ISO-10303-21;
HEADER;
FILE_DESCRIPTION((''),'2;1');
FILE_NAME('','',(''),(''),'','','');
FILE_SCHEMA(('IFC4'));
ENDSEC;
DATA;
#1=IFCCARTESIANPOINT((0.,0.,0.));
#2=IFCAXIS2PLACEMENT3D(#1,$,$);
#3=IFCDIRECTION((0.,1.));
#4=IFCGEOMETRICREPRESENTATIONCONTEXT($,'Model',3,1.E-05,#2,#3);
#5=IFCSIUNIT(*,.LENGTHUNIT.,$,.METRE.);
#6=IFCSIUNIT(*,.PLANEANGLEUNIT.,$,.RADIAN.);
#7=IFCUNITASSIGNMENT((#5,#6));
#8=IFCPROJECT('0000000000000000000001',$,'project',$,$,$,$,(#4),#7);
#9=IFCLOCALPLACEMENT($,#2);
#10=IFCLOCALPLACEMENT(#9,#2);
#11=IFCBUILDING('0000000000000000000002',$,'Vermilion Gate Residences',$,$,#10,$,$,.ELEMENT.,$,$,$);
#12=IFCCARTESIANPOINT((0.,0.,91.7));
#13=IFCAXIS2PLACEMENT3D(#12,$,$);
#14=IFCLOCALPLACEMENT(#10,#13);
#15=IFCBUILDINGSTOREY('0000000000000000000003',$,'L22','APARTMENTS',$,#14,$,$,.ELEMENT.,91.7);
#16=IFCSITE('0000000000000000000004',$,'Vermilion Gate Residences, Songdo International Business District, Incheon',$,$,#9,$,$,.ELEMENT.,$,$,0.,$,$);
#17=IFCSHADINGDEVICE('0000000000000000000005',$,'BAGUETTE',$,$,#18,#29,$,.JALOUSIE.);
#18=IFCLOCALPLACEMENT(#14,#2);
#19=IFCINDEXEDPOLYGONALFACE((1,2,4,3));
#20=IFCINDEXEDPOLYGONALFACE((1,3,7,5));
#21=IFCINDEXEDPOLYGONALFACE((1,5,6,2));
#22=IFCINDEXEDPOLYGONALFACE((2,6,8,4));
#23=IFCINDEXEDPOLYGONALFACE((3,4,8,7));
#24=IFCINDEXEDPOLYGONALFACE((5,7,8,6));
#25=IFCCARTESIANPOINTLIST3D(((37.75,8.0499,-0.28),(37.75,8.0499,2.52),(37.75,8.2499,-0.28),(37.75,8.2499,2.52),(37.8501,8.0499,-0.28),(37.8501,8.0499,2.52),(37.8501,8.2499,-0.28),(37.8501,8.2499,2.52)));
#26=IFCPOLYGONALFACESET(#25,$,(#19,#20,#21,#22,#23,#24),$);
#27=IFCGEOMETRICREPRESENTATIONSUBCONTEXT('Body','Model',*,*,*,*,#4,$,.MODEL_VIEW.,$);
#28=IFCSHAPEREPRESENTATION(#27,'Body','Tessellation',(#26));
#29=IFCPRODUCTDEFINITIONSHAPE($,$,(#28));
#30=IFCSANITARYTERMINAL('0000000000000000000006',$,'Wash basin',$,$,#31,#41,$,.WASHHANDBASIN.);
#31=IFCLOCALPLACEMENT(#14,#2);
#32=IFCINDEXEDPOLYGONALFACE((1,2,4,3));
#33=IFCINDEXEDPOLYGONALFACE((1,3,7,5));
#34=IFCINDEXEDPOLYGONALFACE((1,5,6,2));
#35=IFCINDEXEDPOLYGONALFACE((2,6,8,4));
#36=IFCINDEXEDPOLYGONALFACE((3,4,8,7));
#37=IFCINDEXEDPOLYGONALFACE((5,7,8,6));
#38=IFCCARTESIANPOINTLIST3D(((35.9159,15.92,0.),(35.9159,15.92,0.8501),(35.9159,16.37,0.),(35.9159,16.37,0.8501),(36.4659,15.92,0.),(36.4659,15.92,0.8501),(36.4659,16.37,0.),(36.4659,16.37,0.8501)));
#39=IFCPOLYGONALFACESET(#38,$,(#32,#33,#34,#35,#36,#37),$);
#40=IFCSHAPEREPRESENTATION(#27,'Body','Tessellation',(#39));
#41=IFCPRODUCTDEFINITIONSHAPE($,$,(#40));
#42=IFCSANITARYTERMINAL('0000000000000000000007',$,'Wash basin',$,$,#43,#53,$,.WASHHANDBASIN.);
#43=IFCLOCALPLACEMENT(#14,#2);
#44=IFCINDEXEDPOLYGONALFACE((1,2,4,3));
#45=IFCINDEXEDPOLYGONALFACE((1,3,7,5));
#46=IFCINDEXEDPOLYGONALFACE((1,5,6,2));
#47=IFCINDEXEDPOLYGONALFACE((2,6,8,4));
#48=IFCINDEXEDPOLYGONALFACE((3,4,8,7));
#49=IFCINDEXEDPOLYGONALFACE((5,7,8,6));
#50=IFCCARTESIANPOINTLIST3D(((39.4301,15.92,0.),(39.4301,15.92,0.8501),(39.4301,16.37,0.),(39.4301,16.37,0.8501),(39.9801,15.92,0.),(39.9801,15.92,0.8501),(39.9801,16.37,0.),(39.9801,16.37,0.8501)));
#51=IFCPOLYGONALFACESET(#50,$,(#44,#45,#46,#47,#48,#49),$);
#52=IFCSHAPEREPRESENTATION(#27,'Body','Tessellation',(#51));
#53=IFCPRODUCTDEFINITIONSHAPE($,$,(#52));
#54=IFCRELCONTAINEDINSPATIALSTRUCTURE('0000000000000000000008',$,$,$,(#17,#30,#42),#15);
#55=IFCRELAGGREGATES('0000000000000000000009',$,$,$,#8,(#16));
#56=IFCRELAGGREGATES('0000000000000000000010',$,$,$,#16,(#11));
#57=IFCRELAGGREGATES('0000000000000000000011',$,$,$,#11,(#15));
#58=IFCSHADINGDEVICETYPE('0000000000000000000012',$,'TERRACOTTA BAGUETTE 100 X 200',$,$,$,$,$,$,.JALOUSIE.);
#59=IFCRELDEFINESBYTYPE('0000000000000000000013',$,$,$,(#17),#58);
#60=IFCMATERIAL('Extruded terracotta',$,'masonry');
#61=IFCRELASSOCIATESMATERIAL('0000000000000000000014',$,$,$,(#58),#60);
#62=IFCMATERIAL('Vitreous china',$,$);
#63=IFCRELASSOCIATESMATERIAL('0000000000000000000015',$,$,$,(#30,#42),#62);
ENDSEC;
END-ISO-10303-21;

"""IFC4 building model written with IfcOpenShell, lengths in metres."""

from ifc_helpers import new_model, si_unit, direction, frame, origin, origin_2d, place, context, subcontext, project, spatial, rectangle, extrude, material, material_profile, profile_set, type_object, element, save


model = new_model("IFC4")

# Units and contexts
model_context = context("Model", 3, precision=1e-05, world=origin(), true_north=direction((0.0, 1.0)))
body_context = subcontext(model_context, "Body", "Model", "MODEL_VIEW")
ifc_project = project(units=[si_unit("LENGTHUNIT", "METRE"), si_unit("PLANEANGLEUNIT", "RADIAN")], contexts=[model_context])

# Site, building, storey
site_placement = place(None, origin())
site = spatial("IfcSite", under=ifc_project, at=site_placement, Name="Vermilion Gate Residences, Songdo International Business District, Incheon", CompositionType="ELEMENT", RefElevation=0.0)
building_placement = place(site_placement, origin())
building = spatial("IfcBuilding", under=site, at=building_placement, Name="Vermilion Gate Residences", CompositionType="ELEMENT")
storey_placement = place(building_placement, frame((0.0, 0.0, 91.7)))
storey = spatial("IfcBuildingStorey", under=building, at=storey_placement, Name="L22", Description="APARTMENTS", CompositionType="ELEMENT", Elevation=91.7)

# Shading device
ifc_material_1 = material(Name="Extruded terracotta", Category="masonry")
ifc_material_profile_1 = material_profile(ifc_material_1, rectangle(XDim=0.2, YDim=0.1001, at=origin_2d()), Name="BAGUETTE 100 X 200")
ifc_profile_set_1 = profile_set([ifc_material_profile_1], Name="Extruded terracotta")
shading_device_type = type_object("IfcShadingDeviceType", Name="TERRACOTTA BAGUETTE 100 X 200", PredefinedType="JALOUSIE", material=ifc_profile_set_1)
shading_device_placement = place(storey_placement, frame((37.8, 8.1499, -0.28), z_axis=(0.0, 0.0, 1.0), x_axis=(0.0, 1.0, 0.0)))
element("IfcShadingDevice", 1, at=shading_device_placement, inside=storey, type_object=shading_device_type, Name="BAGUETTE", PredefinedType="JALOUSIE", context=body_context, shape_type="SweptSolid", body=[
    extrude(rectangle(XDim=0.2, YDim=0.1001, at=origin_2d()), origin(), (0.0, 0.0, 1.0), 2.8),
])

# Sanitary terminals
ifc_material_2 = material(Name="Vitreous china")
for number, where, z_axis, x_axis, name in (
    (2, (36.1909, 16.145, 0.0), (0.0, 0.0, 1.0), (1.0, 0.0, 0.0), "Wash basin"),
    (3, (39.7051, 16.145, 0.0), (0.0, 0.0, 1.0), (1.0, 0.0, 0.0), "Wash basin"),
):
    element("IfcSanitaryTerminal", number, at=place(storey_placement, frame(where, z_axis=z_axis, x_axis=x_axis)), inside=storey, material=ifc_material_2, Name=name, PredefinedType="WASHHANDBASIN", context=body_context, shape_type="SweptSolid", body=[
        extrude(rectangle(XDim=0.55, YDim=0.45, at=origin_2d()), origin(), (0.0, 0.0, 1.0), 0.8501),
    ])

save(model, "model.ifc")
